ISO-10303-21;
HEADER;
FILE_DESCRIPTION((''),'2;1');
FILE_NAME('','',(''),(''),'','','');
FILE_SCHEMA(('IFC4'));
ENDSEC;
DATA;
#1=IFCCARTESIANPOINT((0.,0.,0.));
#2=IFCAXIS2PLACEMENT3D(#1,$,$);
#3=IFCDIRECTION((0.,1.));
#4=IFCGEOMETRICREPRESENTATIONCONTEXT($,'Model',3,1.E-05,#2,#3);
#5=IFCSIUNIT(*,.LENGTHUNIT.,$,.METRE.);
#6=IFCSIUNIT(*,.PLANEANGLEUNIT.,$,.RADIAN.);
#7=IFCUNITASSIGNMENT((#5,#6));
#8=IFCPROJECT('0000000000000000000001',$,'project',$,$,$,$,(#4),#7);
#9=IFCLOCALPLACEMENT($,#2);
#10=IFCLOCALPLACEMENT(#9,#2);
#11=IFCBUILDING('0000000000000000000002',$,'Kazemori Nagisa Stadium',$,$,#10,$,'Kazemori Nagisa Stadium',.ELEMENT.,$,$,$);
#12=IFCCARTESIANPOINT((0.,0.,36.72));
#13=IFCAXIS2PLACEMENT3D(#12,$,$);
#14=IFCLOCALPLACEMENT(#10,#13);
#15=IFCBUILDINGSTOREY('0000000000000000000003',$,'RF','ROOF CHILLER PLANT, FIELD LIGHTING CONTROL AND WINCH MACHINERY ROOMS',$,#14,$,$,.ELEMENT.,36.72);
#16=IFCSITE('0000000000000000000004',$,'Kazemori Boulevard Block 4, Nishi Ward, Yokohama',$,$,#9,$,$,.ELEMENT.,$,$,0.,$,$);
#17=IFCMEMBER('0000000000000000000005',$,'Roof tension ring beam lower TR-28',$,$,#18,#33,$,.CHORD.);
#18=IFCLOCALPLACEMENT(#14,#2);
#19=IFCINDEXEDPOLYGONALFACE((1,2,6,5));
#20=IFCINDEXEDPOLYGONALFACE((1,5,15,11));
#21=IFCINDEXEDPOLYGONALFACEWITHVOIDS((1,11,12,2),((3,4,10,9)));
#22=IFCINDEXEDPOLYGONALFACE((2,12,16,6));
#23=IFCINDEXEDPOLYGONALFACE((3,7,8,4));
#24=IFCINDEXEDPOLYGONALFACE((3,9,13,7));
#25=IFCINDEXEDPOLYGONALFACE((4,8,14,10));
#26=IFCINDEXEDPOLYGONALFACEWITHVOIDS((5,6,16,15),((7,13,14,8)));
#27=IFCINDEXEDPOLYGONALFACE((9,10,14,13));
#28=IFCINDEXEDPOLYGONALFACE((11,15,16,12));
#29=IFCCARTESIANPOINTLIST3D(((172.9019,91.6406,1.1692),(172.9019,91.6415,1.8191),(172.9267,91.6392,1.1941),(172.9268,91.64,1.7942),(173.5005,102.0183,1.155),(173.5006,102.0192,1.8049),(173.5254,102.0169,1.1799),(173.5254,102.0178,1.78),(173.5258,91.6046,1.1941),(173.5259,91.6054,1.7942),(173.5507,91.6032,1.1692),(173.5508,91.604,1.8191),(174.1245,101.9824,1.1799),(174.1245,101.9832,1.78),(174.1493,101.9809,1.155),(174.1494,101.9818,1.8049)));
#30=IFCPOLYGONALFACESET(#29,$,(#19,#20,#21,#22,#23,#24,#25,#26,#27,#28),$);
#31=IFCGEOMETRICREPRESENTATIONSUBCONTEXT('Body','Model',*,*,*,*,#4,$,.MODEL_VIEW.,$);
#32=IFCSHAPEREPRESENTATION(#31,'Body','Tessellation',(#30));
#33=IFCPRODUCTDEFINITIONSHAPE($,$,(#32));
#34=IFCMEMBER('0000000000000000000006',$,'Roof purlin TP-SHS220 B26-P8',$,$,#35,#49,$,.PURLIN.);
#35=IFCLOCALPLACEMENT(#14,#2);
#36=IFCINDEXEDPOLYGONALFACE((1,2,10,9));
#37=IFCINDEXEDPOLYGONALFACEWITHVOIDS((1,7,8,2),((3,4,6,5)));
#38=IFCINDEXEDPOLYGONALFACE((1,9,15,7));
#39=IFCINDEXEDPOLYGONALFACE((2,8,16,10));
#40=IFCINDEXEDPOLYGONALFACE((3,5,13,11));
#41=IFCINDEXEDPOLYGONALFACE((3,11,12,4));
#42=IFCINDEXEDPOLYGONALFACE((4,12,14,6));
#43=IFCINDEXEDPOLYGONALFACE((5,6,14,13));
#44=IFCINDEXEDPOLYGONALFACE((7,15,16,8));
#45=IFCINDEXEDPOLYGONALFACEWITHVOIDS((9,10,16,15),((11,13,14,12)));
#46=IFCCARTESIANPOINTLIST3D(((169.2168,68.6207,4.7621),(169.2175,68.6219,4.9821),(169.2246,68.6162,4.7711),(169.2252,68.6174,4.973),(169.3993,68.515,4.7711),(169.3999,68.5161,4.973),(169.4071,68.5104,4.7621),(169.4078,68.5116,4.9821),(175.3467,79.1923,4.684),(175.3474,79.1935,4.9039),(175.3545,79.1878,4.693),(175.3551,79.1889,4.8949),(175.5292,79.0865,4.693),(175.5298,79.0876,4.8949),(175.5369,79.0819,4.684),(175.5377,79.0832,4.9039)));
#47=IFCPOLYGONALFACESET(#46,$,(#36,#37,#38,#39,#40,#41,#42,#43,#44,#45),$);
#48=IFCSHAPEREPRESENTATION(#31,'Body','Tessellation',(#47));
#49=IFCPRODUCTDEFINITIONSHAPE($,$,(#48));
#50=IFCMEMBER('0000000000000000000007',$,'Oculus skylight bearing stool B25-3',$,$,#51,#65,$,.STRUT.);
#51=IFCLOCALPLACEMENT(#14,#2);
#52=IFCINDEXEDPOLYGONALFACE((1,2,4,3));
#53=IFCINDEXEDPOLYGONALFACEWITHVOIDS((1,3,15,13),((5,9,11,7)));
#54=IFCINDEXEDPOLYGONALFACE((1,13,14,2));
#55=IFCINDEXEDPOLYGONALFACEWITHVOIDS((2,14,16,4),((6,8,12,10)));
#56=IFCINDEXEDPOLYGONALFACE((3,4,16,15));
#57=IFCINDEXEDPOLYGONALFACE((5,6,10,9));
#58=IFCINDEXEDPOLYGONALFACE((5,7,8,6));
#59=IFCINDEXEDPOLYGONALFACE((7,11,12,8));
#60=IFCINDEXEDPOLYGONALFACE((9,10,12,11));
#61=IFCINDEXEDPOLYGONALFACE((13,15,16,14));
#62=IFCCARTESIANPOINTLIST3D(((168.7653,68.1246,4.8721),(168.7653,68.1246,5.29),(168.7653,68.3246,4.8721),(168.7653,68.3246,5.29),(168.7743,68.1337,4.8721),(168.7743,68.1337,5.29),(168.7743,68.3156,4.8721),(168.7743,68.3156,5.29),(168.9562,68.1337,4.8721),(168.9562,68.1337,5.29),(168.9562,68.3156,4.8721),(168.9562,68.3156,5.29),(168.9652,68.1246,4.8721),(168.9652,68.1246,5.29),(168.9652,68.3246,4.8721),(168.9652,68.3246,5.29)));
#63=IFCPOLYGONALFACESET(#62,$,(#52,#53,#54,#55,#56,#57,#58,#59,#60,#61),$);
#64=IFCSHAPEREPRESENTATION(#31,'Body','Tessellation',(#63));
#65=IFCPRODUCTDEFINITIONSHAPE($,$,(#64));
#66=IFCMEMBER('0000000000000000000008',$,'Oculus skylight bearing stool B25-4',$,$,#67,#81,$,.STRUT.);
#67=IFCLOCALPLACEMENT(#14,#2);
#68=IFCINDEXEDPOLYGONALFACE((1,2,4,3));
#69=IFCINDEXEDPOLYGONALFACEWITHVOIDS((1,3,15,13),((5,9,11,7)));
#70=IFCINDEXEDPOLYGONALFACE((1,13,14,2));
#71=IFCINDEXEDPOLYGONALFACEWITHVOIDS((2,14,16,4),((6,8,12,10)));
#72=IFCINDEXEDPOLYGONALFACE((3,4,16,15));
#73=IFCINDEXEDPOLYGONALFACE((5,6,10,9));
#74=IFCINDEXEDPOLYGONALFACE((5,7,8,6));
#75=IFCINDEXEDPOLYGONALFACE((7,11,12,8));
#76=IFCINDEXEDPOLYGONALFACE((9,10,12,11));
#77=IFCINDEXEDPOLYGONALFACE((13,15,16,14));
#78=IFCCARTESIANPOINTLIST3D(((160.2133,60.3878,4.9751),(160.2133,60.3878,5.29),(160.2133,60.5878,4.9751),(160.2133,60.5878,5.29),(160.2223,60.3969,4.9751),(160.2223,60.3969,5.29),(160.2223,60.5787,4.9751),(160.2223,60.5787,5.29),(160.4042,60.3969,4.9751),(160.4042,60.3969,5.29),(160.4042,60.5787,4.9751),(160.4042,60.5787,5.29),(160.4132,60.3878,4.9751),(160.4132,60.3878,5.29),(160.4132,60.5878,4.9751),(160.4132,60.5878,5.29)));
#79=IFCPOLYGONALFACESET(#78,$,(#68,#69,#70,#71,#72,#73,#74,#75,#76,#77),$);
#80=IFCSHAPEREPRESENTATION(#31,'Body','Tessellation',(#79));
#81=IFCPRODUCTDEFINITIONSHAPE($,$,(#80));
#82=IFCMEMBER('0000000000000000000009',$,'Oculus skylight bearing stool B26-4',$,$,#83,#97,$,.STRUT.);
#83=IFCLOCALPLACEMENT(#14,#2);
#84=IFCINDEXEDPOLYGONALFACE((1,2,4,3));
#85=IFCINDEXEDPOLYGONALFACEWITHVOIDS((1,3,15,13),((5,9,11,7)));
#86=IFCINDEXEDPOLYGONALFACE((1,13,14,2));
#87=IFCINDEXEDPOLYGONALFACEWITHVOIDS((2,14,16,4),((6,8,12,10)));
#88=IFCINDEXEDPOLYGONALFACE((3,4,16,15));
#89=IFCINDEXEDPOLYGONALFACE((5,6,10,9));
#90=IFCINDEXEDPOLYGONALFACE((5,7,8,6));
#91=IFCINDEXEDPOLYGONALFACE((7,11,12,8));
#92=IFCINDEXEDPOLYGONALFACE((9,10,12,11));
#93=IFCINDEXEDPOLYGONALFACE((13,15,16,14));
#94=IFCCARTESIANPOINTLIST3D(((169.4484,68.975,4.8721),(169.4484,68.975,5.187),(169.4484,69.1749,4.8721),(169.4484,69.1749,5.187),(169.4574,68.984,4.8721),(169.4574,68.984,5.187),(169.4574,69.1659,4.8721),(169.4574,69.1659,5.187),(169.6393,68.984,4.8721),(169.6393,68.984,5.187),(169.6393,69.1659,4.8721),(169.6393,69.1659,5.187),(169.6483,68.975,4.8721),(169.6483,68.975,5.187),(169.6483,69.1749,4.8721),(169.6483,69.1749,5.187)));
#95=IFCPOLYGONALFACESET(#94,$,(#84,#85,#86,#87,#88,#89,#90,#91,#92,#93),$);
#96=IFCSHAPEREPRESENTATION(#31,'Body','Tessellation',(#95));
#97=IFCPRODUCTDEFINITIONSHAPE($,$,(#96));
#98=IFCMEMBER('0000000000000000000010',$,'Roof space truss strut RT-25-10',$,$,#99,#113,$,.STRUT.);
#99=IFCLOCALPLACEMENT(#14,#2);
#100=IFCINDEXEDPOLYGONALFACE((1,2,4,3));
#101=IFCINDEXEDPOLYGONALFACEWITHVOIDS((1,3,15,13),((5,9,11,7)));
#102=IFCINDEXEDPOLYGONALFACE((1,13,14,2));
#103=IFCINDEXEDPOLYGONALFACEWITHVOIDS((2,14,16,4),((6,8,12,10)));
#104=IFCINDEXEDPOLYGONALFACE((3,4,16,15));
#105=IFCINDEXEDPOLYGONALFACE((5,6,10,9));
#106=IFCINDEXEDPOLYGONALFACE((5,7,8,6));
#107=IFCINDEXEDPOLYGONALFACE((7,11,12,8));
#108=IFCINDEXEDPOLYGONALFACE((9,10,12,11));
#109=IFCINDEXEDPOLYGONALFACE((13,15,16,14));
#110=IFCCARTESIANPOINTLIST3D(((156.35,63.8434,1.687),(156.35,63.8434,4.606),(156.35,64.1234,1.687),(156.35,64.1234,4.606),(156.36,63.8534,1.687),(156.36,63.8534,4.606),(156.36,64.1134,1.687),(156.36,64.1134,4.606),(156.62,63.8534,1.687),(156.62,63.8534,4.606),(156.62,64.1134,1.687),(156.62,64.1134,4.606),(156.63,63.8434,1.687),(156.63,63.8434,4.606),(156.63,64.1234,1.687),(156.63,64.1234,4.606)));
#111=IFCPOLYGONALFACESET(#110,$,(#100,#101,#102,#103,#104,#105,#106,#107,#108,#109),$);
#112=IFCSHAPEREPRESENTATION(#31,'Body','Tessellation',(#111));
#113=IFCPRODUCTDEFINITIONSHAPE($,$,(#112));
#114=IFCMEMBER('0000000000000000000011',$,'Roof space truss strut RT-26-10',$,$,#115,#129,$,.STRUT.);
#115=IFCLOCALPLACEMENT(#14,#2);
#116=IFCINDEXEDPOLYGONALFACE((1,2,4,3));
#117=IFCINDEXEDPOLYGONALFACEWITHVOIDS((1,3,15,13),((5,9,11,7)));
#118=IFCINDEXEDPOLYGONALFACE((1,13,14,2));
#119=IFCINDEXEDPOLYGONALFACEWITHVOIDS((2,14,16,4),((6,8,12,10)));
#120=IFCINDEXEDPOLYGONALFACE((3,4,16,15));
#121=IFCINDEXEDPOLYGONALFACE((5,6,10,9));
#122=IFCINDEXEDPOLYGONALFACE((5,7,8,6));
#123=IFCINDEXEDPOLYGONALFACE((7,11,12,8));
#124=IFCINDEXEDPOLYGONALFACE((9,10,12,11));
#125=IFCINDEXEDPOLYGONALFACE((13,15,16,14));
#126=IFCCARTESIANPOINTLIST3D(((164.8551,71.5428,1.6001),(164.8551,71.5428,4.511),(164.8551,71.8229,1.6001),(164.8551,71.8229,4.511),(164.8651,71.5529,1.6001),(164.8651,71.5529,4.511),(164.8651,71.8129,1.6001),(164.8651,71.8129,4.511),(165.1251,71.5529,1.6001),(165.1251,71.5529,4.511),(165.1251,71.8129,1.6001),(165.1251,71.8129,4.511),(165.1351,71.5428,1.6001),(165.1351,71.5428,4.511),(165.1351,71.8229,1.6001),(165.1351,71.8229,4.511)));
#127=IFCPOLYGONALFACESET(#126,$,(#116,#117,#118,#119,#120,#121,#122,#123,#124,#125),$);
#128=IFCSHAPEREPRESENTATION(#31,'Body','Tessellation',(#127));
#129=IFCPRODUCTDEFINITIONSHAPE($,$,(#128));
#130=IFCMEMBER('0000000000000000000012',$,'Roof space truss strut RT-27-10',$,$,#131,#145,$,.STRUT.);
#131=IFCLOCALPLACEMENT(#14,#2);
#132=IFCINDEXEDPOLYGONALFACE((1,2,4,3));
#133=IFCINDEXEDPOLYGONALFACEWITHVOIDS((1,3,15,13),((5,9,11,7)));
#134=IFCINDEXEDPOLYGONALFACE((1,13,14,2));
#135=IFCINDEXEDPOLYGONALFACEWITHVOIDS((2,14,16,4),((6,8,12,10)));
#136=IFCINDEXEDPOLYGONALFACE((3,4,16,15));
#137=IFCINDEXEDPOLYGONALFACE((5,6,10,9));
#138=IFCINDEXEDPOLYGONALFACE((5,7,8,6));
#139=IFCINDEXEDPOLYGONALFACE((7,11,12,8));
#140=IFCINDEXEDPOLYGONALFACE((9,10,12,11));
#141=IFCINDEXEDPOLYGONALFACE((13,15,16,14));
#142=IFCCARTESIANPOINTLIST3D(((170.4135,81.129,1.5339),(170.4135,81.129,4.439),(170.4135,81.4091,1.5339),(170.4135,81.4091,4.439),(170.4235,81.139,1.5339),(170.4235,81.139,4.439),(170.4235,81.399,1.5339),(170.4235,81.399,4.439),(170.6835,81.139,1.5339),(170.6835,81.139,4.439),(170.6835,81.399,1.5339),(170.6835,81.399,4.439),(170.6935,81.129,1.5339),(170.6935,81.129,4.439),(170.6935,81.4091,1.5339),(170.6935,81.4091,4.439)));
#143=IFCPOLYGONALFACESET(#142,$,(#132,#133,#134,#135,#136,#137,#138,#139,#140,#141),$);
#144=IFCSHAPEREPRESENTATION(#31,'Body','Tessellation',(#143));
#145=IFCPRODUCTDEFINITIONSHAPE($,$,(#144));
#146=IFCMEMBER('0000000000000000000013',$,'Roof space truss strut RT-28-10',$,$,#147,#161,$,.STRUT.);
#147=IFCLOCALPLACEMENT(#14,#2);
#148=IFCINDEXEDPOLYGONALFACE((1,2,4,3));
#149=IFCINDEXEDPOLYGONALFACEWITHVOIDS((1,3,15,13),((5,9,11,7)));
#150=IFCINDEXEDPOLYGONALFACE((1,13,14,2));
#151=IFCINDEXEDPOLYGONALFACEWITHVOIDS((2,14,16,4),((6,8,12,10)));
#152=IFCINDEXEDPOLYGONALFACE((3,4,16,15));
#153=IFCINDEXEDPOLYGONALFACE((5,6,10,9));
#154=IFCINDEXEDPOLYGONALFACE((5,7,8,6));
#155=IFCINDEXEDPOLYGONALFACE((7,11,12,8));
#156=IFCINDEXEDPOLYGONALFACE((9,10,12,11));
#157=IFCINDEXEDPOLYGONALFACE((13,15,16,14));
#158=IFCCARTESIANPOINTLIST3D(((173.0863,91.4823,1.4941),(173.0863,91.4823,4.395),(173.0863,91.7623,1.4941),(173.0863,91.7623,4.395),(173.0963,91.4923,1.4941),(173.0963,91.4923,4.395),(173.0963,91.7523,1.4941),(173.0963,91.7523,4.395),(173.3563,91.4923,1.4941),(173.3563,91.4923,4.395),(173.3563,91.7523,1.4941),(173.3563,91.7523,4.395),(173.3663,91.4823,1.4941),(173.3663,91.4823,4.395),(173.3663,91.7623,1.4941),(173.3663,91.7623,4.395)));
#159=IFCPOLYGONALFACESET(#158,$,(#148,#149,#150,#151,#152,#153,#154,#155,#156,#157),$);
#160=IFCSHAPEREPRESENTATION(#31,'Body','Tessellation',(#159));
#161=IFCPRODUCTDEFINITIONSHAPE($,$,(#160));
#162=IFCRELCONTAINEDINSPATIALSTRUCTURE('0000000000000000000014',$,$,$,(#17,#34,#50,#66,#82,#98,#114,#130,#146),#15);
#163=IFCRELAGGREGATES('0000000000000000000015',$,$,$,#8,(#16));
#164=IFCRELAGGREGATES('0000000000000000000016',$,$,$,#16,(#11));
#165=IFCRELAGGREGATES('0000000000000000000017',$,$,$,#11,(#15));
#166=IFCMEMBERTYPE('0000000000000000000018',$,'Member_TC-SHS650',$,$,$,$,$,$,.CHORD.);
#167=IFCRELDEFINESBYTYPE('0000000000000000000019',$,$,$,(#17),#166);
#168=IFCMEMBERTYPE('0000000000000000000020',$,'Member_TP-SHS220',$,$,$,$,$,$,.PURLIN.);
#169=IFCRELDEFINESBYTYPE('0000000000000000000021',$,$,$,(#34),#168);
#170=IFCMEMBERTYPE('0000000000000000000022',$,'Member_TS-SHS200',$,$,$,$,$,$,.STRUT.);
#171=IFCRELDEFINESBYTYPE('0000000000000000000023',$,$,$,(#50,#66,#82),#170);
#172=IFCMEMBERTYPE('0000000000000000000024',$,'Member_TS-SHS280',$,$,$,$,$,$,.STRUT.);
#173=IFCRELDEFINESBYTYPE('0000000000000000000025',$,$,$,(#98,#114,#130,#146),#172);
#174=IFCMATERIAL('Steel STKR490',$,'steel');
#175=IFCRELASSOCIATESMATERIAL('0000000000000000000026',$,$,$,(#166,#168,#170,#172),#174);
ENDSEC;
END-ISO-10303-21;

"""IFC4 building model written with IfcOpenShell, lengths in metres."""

from ifc_helpers import new_model, si_unit, direction, frame, origin, origin_2d, place, context, subcontext, project, spatial, hollow_rectangle, extrude, material, material_profile, profile_set, type_object, element, save


model = new_model("IFC4")

# Units and contexts
model_context = context("Model", 3, precision=1e-05, world=origin(), true_north=direction((0.0, 1.0)))
body_context = subcontext(model_context, "Body", "Model", "MODEL_VIEW")
ifc_project = project(units=[si_unit("LENGTHUNIT", "METRE"), si_unit("PLANEANGLEUNIT", "RADIAN")], contexts=[model_context])

# Site, building, storey
site_placement = place(None, origin())
site = spatial("IfcSite", under=ifc_project, at=site_placement, Name="Kazemori Boulevard Block 4, Nishi Ward, Yokohama", CompositionType="ELEMENT", RefElevation=0.0)
building_placement = place(site_placement, origin())
building = spatial("IfcBuilding", under=site, at=building_placement, Name="Kazemori Nagisa Stadium", LongName="Kazemori Nagisa Stadium", CompositionType="ELEMENT")
storey_placement = place(building_placement, frame((0.0, 0.0, 36.72)))
storey = spatial("IfcBuildingStorey", under=building, at=storey_placement, Name="RF", Description="ROOF CHILLER PLANT, FIELD LIGHTING CONTROL AND WINCH MACHINERY ROOMS", CompositionType="ELEMENT", Elevation=36.72)

# Members
ifc_material = material(Name="Steel STKR490", Category="steel")
ifc_material_profile_1 = material_profile(ifc_material, hollow_rectangle(XDim=0.6499, YDim=0.6499, WallThickness=0.0249, at=origin_2d()), Name="SHS-650x650x25")
ifc_profile_set_1 = profile_set([ifc_material_profile_1], Name="Steel STKR490")
member_type_1 = type_object("IfcMemberType", Name="Member_TC-SHS650", PredefinedType="CHORD", material=ifc_profile_set_1)
member_1_placement = place(storey_placement, frame((173.2263, 91.6223, 1.4941), z_axis=(0.057589, 0.998339, -0.001362), x_axis=(-0.99834, 0.057589, 0.0)))
element("IfcMember", 1, at=member_1_placement, inside=storey, type_object=member_type_1, Name="Roof tension ring beam lower TR-28", PredefinedType="CHORD", context=body_context, shape_type="SweptSolid", body=[
    extrude(hollow_rectangle(XDim=0.6499, YDim=0.6499, WallThickness=0.0249, at=origin_2d()), origin(), (0.0, 0.0, 1.0), 10.395),
])
ifc_material_profile_2 = material_profile(ifc_material, hollow_rectangle(XDim=0.22, YDim=0.22, WallThickness=0.009, at=origin_2d()), Name="SHS-220x220x9")
ifc_profile_set_2 = profile_set([ifc_material_profile_2], Name="Steel STKR490")
member_type_2 = type_object("IfcMemberType", Name="Member_TP-SHS220", PredefinedType="PURLIN", material=ifc_profile_set_2)
member_2_placement = place(storey_placement, frame((169.3123, 68.5662, 4.8721), z_axis=(0.501609, 0.865071, -0.006393), x_axis=(-0.865088, 0.50162, 0.0)))
element("IfcMember", 2, at=member_2_placement, inside=storey, type_object=member_type_2, Name="Roof purlin TP-SHS220 B26-P8", PredefinedType="PURLIN", context=body_context, shape_type="SweptSolid", body=[
    extrude(hollow_rectangle(XDim=0.22, YDim=0.22, WallThickness=0.009, at=origin_2d()), origin(), (0.0, 0.0, 1.0), 12.2205),
])
ifc_material_profile_3 = material_profile(ifc_material, hollow_rectangle(XDim=0.2, YDim=0.2, WallThickness=0.009, at=origin_2d()), Name="SHS-200x200x9")
ifc_profile_set_3 = profile_set([ifc_material_profile_3], Name="Steel STKR490")
member_type_3 = type_object("IfcMemberType", Name="Member_TS-SHS200", PredefinedType="STRUT", material=ifc_profile_set_3)
member_3_placement = place(storey_placement, frame((168.8652, 68.2246, 4.8721), z_axis=(0.0, 0.0, 1.0), x_axis=(1.0, 0.0, 0.0)))
element("IfcMember", 3, at=member_3_placement, inside=storey, type_object=member_type_3, Name="Oculus skylight bearing stool B25-3", PredefinedType="STRUT", context=body_context, shape_type="SweptSolid", body=[
    extrude(hollow_rectangle(XDim=0.2, YDim=0.2, WallThickness=0.009, at=origin_2d()), origin(), (0.0, 0.0, 1.0), 0.418),
])
for number, where, z_axis, x_axis, name in (
    (4, (160.3132, 60.4878, 4.9751), (0.0, 0.0, 1.0), (1.0, 0.0, 0.0), "Oculus skylight bearing stool B25-4"),
    (5, (169.5483, 69.075, 4.8721), (0.0, 0.0, 1.0), (1.0, 0.0, 0.0), "Oculus skylight bearing stool B26-4"),
):
    element("IfcMember", number, at=place(storey_placement, frame(where, z_axis=z_axis, x_axis=x_axis)), inside=storey, type_object=member_type_3, Name=name, PredefinedType="STRUT", context=body_context, shape_type="SweptSolid", body=[
        extrude(hollow_rectangle(XDim=0.2, YDim=0.2, WallThickness=0.009, at=origin_2d()), origin(), (0.0, 0.0, 1.0), 0.3149),
    ])
ifc_material_profile_4 = material_profile(ifc_material, hollow_rectangle(XDim=0.28, YDim=0.28, WallThickness=0.01, at=origin_2d()), Name="SHS-280x280x10")
ifc_profile_set_4 = profile_set([ifc_material_profile_4], Name="Steel STKR490")
member_type_4 = type_object("IfcMemberType", Name="Member_TS-SHS280", PredefinedType="STRUT", material=ifc_profile_set_4)
member_4_placement = place(storey_placement, frame((156.49, 63.9834, 1.687), z_axis=(0.0, 0.0, 1.0), x_axis=(1.0, 0.0, 0.0)))
element("IfcMember", 6, at=member_4_placement, inside=storey, type_object=member_type_4, Name="Roof space truss strut RT-25-10", PredefinedType="STRUT", context=body_context, shape_type="SweptSolid", body=[
    extrude(hollow_rectangle(XDim=0.28, YDim=0.28, WallThickness=0.01, at=origin_2d()), origin(), (0.0, 0.0, 1.0), 2.9189),
])
member_5_placement = place(storey_placement, frame((164.9951, 71.6829, 1.6001), z_axis=(0.0, 0.0, 1.0), x_axis=(1.0, 0.0, 0.0)))
element("IfcMember", 7, at=member_5_placement, inside=storey, type_object=member_type_4, Name="Roof space truss strut RT-26-10", PredefinedType="STRUT", context=body_context, shape_type="SweptSolid", body=[
    extrude(hollow_rectangle(XDim=0.28, YDim=0.28, WallThickness=0.01, at=origin_2d()), origin(), (0.0, 0.0, 1.0), 2.9109),
])
member_6_placement = place(storey_placement, frame((170.5535, 81.269, 1.5339), z_axis=(0.0, 0.0, 1.0), x_axis=(1.0, 0.0, 0.0)))
element("IfcMember", 8, at=member_6_placement, inside=storey, type_object=member_type_4, Name="Roof space truss strut RT-27-10", PredefinedType="STRUT", context=body_context, shape_type="SweptSolid", body=[
    extrude(hollow_rectangle(XDim=0.28, YDim=0.28, WallThickness=0.01, at=origin_2d()), origin(), (0.0, 0.0, 1.0), 2.905),
])
member_7_placement = place(storey_placement, frame((173.2263, 91.6223, 1.4941), z_axis=(0.0, 0.0, 1.0), x_axis=(1.0, 0.0, 0.0)))
element("IfcMember", 9, at=member_7_placement, inside=storey, type_object=member_type_4, Name="Roof space truss strut RT-28-10", PredefinedType="STRUT", context=body_context, shape_type="SweptSolid", body=[
    extrude(hollow_rectangle(XDim=0.28, YDim=0.28, WallThickness=0.01, at=origin_2d()), origin(), (0.0, 0.0, 1.0), 2.9009),
])

save(model, "model.ifc")
